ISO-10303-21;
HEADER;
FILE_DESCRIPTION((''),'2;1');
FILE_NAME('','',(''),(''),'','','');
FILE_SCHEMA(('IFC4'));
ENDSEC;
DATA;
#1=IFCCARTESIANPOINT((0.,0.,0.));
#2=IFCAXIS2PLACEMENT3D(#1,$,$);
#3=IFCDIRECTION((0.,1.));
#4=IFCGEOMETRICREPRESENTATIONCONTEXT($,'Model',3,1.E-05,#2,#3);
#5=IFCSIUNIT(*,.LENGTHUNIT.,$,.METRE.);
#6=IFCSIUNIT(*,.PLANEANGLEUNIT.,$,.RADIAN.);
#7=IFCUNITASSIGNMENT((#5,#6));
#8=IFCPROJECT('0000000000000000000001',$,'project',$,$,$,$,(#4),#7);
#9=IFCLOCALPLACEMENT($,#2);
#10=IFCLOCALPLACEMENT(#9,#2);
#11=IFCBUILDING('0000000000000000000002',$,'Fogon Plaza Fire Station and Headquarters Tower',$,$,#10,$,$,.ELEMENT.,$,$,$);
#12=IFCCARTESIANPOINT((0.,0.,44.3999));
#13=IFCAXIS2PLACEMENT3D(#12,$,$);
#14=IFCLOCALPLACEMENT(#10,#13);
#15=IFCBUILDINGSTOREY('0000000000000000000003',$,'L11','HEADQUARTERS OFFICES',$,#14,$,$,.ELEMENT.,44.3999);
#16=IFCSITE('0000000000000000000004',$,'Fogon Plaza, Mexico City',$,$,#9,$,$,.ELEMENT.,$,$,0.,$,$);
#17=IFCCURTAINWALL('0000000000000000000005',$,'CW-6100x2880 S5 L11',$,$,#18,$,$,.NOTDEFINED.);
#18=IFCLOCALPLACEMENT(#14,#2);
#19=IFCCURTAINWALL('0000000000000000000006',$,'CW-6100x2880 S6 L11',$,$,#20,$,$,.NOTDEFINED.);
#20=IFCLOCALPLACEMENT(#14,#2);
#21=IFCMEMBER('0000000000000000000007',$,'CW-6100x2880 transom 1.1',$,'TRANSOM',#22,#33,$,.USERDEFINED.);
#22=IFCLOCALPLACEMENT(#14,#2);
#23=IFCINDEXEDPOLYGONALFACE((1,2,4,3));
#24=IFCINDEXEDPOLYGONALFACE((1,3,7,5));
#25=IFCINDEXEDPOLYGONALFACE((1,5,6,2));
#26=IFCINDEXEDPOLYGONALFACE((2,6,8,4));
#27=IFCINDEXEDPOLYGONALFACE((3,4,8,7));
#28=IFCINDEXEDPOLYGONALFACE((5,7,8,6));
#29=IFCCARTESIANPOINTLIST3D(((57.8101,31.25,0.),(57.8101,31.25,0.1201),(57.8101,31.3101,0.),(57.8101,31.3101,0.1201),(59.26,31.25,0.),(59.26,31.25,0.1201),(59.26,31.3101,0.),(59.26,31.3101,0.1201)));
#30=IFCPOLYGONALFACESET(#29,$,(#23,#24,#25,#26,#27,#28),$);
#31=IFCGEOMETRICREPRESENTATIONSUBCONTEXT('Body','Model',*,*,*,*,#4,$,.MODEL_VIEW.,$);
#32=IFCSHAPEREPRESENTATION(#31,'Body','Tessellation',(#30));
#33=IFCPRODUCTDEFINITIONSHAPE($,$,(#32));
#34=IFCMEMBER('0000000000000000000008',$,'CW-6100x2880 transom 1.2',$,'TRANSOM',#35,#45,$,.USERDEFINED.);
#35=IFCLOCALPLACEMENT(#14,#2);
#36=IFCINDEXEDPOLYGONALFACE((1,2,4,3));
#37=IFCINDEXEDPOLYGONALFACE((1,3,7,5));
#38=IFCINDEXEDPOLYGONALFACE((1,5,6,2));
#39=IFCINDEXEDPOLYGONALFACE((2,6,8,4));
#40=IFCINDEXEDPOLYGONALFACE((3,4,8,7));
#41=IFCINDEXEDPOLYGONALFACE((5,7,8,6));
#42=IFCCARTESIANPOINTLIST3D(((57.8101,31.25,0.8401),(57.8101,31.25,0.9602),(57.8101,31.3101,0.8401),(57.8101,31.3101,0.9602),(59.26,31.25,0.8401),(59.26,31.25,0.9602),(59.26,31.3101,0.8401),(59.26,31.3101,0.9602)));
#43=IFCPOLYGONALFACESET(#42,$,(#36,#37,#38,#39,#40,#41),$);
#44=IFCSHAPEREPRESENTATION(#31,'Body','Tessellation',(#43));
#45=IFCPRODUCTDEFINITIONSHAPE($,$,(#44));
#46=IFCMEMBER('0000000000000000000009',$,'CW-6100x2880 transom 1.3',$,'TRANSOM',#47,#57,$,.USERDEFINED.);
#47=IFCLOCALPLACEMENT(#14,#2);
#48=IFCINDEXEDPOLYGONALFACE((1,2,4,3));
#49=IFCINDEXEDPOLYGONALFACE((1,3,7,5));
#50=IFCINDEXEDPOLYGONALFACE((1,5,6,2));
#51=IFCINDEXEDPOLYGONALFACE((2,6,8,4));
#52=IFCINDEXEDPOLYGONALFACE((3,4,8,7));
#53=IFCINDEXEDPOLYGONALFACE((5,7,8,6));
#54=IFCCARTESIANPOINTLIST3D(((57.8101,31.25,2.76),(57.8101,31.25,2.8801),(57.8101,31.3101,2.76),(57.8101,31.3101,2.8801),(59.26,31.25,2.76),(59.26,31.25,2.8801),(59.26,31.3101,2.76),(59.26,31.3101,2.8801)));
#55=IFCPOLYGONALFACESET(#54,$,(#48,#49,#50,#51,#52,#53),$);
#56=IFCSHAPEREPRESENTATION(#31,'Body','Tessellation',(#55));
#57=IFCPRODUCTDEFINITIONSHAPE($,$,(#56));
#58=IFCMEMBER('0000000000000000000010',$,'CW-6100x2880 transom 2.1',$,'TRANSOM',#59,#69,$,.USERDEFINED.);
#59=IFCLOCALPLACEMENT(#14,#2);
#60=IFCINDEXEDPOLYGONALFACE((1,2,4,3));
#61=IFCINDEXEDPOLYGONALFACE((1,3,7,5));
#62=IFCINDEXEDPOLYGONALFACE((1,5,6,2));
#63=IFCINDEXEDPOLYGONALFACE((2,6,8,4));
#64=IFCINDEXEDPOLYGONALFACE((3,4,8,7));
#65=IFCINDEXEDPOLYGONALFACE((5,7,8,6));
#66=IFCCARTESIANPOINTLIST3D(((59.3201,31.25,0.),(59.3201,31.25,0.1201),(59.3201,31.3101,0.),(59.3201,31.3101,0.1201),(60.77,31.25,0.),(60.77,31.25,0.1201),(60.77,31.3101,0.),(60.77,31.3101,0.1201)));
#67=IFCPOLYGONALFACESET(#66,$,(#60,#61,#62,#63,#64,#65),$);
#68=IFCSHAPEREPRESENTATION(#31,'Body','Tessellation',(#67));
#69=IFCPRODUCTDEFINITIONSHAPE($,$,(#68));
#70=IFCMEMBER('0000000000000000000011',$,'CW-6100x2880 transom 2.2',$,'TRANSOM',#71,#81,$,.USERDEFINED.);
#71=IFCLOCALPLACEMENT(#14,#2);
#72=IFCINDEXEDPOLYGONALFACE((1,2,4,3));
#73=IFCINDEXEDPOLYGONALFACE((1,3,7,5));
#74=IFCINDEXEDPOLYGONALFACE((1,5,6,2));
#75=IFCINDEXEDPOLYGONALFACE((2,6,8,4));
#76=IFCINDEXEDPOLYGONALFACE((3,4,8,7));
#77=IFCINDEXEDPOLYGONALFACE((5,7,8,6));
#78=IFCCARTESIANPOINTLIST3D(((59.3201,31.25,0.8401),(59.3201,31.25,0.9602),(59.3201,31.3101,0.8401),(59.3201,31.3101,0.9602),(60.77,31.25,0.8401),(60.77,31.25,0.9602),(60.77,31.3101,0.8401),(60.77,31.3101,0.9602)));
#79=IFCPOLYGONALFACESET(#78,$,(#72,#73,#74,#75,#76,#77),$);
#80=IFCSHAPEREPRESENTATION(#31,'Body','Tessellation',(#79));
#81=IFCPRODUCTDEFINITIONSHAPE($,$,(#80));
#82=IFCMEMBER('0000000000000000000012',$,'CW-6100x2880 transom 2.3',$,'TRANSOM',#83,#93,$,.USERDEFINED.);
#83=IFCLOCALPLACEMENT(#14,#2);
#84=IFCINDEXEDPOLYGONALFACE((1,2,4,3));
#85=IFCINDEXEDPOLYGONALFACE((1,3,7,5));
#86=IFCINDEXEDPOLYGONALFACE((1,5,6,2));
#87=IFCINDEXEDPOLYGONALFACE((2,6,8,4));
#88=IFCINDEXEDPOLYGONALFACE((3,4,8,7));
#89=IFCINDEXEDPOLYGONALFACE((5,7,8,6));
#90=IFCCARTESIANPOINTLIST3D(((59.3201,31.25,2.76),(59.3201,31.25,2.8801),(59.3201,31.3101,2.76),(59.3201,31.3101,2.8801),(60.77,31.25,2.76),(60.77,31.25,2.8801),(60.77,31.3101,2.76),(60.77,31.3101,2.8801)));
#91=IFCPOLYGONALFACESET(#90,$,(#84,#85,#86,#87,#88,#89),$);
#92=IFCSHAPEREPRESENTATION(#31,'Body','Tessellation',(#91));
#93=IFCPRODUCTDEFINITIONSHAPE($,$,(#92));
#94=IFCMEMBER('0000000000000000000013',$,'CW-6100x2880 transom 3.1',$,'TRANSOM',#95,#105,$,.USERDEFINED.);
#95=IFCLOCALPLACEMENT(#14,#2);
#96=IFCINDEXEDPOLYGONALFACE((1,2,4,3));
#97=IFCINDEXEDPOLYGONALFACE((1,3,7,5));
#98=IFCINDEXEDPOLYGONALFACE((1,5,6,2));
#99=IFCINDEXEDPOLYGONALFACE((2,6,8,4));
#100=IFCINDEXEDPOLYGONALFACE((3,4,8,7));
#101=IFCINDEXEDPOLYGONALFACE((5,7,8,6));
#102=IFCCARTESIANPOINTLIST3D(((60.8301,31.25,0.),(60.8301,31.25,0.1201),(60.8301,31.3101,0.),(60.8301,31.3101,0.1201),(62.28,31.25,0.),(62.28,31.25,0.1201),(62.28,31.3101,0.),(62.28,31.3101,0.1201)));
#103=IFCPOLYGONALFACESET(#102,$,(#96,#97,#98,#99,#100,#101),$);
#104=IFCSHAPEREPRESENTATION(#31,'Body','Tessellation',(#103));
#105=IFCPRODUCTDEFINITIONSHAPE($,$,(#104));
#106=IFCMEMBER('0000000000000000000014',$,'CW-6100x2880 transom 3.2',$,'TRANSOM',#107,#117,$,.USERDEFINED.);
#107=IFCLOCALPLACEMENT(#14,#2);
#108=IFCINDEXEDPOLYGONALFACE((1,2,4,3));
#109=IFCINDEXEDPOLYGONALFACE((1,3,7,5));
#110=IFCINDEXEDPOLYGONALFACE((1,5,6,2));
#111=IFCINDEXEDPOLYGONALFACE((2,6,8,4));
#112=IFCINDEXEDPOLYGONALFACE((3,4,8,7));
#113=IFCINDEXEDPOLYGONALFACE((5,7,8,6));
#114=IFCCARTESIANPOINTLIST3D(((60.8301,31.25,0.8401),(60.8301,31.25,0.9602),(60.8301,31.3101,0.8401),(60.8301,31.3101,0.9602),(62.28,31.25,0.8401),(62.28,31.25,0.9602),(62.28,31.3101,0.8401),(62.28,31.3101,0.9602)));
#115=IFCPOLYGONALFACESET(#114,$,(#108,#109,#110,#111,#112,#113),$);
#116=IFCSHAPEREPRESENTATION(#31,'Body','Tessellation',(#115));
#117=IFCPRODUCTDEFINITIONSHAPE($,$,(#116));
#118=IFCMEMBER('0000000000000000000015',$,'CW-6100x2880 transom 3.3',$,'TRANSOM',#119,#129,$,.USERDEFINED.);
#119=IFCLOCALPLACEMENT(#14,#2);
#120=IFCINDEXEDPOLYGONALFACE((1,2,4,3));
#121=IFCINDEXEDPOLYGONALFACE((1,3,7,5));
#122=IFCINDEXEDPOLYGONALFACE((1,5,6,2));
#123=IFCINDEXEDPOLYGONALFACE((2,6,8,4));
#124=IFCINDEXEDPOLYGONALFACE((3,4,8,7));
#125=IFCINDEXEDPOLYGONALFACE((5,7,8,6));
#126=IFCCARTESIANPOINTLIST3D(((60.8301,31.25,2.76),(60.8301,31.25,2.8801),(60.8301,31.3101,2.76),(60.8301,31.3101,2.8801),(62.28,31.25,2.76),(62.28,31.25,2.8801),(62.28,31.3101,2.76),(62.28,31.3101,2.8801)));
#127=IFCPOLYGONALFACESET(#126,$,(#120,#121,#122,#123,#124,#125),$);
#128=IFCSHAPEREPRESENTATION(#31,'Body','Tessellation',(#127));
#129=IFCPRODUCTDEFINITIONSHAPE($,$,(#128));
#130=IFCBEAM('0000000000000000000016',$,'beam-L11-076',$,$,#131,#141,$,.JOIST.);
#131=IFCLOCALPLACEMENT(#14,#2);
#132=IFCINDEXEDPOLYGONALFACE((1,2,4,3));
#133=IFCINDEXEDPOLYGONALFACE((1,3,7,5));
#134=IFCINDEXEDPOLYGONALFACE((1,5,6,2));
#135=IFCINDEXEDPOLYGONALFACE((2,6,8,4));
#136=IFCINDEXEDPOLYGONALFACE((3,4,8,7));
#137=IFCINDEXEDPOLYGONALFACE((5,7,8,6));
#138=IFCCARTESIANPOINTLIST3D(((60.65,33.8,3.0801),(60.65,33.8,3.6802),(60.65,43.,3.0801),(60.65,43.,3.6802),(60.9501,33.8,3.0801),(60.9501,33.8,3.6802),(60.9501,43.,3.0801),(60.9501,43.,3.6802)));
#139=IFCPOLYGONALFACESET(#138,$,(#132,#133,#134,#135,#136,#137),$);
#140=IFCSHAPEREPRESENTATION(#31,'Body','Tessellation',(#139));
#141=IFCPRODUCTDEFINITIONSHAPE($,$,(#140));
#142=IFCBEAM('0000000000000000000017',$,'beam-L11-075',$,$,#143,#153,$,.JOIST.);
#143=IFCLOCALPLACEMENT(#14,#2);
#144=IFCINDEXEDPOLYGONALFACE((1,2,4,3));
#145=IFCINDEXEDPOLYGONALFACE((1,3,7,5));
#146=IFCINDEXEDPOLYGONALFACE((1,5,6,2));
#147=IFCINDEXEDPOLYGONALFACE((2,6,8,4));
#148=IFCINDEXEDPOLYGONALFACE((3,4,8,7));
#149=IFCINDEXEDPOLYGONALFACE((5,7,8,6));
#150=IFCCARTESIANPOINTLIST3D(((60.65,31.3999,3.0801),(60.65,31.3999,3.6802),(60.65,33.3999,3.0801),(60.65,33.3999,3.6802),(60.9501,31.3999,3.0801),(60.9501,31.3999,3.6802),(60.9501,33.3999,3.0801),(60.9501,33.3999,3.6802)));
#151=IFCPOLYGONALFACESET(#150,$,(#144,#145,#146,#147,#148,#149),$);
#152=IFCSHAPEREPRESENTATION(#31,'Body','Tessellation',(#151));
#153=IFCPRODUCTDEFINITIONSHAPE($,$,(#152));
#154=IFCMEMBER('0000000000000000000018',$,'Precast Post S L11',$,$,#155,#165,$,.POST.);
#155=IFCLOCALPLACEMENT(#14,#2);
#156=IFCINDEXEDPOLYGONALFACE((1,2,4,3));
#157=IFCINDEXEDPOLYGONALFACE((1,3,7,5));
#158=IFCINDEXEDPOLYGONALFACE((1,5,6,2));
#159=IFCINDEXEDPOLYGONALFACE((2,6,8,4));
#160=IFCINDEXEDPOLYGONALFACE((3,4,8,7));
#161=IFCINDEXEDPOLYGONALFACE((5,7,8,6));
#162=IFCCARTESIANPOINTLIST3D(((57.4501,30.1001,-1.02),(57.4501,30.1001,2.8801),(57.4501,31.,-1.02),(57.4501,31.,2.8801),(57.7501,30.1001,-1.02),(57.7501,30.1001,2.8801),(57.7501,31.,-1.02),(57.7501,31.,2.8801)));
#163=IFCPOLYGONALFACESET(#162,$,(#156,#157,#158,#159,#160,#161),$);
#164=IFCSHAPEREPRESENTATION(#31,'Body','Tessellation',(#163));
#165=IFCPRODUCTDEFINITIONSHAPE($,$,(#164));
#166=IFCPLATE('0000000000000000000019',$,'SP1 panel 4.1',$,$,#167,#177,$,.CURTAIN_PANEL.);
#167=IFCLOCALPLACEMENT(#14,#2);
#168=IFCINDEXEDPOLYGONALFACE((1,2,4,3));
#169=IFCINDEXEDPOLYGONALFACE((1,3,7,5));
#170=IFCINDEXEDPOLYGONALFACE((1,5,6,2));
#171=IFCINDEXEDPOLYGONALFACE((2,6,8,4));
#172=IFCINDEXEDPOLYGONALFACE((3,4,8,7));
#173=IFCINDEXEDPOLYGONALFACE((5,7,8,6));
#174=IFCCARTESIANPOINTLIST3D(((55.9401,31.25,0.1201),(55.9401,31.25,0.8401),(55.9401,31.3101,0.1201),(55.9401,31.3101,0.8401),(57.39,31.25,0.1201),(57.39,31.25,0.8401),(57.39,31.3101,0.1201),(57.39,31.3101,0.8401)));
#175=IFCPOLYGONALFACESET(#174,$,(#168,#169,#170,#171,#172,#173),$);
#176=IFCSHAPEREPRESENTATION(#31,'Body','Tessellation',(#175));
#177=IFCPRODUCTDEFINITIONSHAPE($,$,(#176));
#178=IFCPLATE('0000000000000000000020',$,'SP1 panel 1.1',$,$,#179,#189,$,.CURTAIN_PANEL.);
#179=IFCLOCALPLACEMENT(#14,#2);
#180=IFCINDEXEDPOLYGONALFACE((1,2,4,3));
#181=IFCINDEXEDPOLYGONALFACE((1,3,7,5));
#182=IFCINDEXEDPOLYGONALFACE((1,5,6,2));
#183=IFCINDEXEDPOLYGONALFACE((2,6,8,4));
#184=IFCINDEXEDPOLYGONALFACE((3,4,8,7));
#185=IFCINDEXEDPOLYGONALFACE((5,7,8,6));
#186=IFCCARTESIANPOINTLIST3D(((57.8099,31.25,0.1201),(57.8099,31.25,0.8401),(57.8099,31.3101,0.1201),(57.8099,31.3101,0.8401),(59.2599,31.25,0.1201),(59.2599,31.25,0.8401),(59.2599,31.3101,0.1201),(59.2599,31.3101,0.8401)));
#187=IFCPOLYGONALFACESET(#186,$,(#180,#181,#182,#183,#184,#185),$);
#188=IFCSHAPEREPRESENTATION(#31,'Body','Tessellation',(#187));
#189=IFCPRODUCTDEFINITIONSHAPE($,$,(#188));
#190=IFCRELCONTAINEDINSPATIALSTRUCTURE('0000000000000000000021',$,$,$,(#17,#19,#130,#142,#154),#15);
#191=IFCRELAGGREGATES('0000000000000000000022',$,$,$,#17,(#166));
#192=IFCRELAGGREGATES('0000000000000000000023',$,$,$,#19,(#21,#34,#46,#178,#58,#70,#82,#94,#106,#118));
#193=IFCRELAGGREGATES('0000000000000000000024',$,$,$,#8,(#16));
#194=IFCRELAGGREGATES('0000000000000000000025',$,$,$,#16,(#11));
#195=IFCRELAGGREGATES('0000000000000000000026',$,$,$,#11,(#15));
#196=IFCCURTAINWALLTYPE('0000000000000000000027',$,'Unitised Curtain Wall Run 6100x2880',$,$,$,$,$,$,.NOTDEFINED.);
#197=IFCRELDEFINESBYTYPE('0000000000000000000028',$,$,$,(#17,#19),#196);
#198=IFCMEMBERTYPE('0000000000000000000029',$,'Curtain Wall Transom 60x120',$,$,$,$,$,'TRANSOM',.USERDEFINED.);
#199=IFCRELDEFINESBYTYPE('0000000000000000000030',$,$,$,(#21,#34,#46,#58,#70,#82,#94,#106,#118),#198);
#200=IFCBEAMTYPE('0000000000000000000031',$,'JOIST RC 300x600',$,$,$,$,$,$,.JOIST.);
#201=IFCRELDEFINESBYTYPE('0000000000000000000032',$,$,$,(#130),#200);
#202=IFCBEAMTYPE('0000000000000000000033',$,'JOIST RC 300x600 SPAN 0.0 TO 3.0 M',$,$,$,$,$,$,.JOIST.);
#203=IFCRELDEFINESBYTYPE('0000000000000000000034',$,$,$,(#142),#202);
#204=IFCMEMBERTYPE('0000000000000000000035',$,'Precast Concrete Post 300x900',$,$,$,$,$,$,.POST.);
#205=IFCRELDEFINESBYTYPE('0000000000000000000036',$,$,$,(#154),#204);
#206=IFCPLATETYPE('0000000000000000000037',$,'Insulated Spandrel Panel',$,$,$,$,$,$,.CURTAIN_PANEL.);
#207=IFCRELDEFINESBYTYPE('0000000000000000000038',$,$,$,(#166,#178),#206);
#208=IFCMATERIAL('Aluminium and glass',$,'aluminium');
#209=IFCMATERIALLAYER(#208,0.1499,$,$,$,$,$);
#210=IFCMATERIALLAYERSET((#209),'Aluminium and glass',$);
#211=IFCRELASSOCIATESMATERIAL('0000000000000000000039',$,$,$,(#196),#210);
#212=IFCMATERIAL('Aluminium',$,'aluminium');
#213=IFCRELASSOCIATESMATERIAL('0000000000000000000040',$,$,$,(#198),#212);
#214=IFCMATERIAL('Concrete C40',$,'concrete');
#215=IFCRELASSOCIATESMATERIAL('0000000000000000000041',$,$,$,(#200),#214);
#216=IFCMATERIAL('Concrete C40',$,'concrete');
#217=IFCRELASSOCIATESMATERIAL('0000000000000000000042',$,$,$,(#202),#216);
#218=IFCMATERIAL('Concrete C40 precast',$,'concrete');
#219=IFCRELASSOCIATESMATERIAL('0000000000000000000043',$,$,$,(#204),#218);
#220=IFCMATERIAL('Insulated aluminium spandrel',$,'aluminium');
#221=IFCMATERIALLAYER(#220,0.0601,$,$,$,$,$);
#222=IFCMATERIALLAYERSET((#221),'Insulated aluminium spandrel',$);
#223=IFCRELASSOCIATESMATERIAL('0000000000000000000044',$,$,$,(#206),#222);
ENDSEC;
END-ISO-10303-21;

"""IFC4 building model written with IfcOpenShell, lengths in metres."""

from ifc_helpers import new_model, si_unit, direction, frame, origin, origin_2d, place, context, subcontext, project, spatial, rectangle, extrude, material, layer, layer_set, material_profile, profile_set, type_object, element, aggregate, save


model = new_model("IFC4")

# Units and contexts
model_context = context("Model", 3, precision=1e-05, world=origin(), true_north=direction((0.0, 1.0)))
body_context = subcontext(model_context, "Body", "Model", "MODEL_VIEW")
ifc_project = project(units=[si_unit("LENGTHUNIT", "METRE"), si_unit("PLANEANGLEUNIT", "RADIAN")], contexts=[model_context])

# Site, building, storey
site_placement = place(None, origin())
site = spatial("IfcSite", under=ifc_project, at=site_placement, Name="Fogon Plaza, Mexico City", CompositionType="ELEMENT", RefElevation=0.0)
building_placement = place(site_placement, origin())
building = spatial("IfcBuilding", under=site, at=building_placement, Name="Fogon Plaza Fire Station and Headquarters Tower", CompositionType="ELEMENT")
storey_placement = place(building_placement, frame((0.0, 0.0, 44.3999)))
storey = spatial("IfcBuildingStorey", under=building, at=storey_placement, Name="L11", Description="HEADQUARTERS OFFICES", CompositionType="ELEMENT", Elevation=44.3999)

# Curtain walls
ifc_material_1 = material(Name="Aluminium and glass", Category="aluminium")
ifc_layer_1 = layer(ifc_material_1, 0.1499)
ifc_layer_set_1 = layer_set([ifc_layer_1], Name="Aluminium and glass")
curtain_wall_type = type_object("IfcCurtainWallType", Name="Unitised Curtain Wall Run 6100x2880", PredefinedType="NOTDEFINED", material=ifc_layer_set_1)
curtain_wall_1_placement = place(storey_placement, origin())
curtain_wall_1 = element("IfcCurtainWall", 1, at=curtain_wall_1_placement, inside=storey, type_object=curtain_wall_type, Name="CW-6100x2880 S5 L11", PredefinedType="NOTDEFINED")
curtain_wall_2_placement = place(storey_placement, origin())
curtain_wall_2 = element("IfcCurtainWall", 2, at=curtain_wall_2_placement, inside=storey, type_object=curtain_wall_type, Name="CW-6100x2880 S6 L11", PredefinedType="NOTDEFINED")

# Members
ifc_material_2 = material(Name="Aluminium", Category="aluminium")
ifc_material_profile_1 = material_profile(ifc_material_2, rectangle(XDim=0.0601, YDim=0.1201, at=origin_2d()), Name="Curtain Wall Transom 60x120")
ifc_profile_set_1 = profile_set([ifc_material_profile_1], Name="Aluminium")
member_type_1 = type_object("IfcMemberType", Name="Curtain Wall Transom 60x120", ElementType="TRANSOM", PredefinedType="USERDEFINED", material=ifc_profile_set_1)
member_1_placement = place(storey_placement, frame((57.8101, 31.28, 0.0601), z_axis=(1.0, 0.0, 0.0), x_axis=(0.0, 1.0, 0.0)))
member_1 = element("IfcMember", 3, at=member_1_placement, type_object=member_type_1, Name="CW-6100x2880 transom 1.1", ObjectType="TRANSOM", PredefinedType="USERDEFINED", context=body_context, shape_type="SweptSolid", body=[
    extrude(rectangle(XDim=0.0601, YDim=0.1201, at=origin_2d()), origin(), (0.0, 0.0, 1.0), 1.45),
])
member_2_placement = place(storey_placement, frame((57.8101, 31.28, 0.9001), z_axis=(1.0, 0.0, 0.0), x_axis=(0.0, 1.0, 0.0)))
member_2 = element("IfcMember", 4, at=member_2_placement, type_object=member_type_1, Name="CW-6100x2880 transom 1.2", ObjectType="TRANSOM", PredefinedType="USERDEFINED", context=body_context, shape_type="SweptSolid", body=[
    extrude(rectangle(XDim=0.0601, YDim=0.1201, at=origin_2d()), origin(), (0.0, 0.0, 1.0), 1.45),
])
member_3_placement = place(storey_placement, frame((57.8101, 31.28, 2.8201), z_axis=(1.0, 0.0, 0.0), x_axis=(0.0, 1.0, 0.0)))
member_3 = element("IfcMember", 5, at=member_3_placement, type_object=member_type_1, Name="CW-6100x2880 transom 1.3", ObjectType="TRANSOM", PredefinedType="USERDEFINED", context=body_context, shape_type="SweptSolid", body=[
    extrude(rectangle(XDim=0.0601, YDim=0.1201, at=origin_2d()), origin(), (0.0, 0.0, 1.0), 1.45),
])
member_4_placement = place(storey_placement, frame((59.3201, 31.28, 0.0601), z_axis=(1.0, 0.0, 0.0), x_axis=(0.0, 1.0, 0.0)))
member_4 = element("IfcMember", 6, at=member_4_placement, type_object=member_type_1, Name="CW-6100x2880 transom 2.1", ObjectType="TRANSOM", PredefinedType="USERDEFINED", context=body_context, shape_type="SweptSolid", body=[
    extrude(rectangle(XDim=0.0601, YDim=0.1201, at=origin_2d()), origin(), (0.0, 0.0, 1.0), 1.45),
])
member_5_placement = place(storey_placement, frame((59.3201, 31.28, 0.9001), z_axis=(1.0, 0.0, 0.0), x_axis=(0.0, 1.0, 0.0)))
member_5 = element("IfcMember", 7, at=member_5_placement, type_object=member_type_1, Name="CW-6100x2880 transom 2.2", ObjectType="TRANSOM", PredefinedType="USERDEFINED", context=body_context, shape_type="SweptSolid", body=[
    extrude(rectangle(XDim=0.0601, YDim=0.1201, at=origin_2d()), origin(), (0.0, 0.0, 1.0), 1.45),
])
member_6_placement = place(storey_placement, frame((59.3201, 31.28, 2.8201), z_axis=(1.0, 0.0, 0.0), x_axis=(0.0, 1.0, 0.0)))
member_6 = element("IfcMember", 8, at=member_6_placement, type_object=member_type_1, Name="CW-6100x2880 transom 2.3", ObjectType="TRANSOM", PredefinedType="USERDEFINED", context=body_context, shape_type="SweptSolid", body=[
    extrude(rectangle(XDim=0.0601, YDim=0.1201, at=origin_2d()), origin(), (0.0, 0.0, 1.0), 1.45),
])
member_7_placement = place(storey_placement, frame((60.8301, 31.28, 0.0601), z_axis=(1.0, 0.0, 0.0), x_axis=(0.0, 1.0, 0.0)))
member_7 = element("IfcMember", 9, at=member_7_placement, type_object=member_type_1, Name="CW-6100x2880 transom 3.1", ObjectType="TRANSOM", PredefinedType="USERDEFINED", context=body_context, shape_type="SweptSolid", body=[
    extrude(rectangle(XDim=0.0601, YDim=0.1201, at=origin_2d()), origin(), (0.0, 0.0, 1.0), 1.45),
])
member_8_placement = place(storey_placement, frame((60.8301, 31.28, 0.9001), z_axis=(1.0, 0.0, 0.0), x_axis=(0.0, 1.0, 0.0)))
member_8 = element("IfcMember", 10, at=member_8_placement, type_object=member_type_1, Name="CW-6100x2880 transom 3.2", ObjectType="TRANSOM", PredefinedType="USERDEFINED", context=body_context, shape_type="SweptSolid", body=[
    extrude(rectangle(XDim=0.0601, YDim=0.1201, at=origin_2d()), origin(), (0.0, 0.0, 1.0), 1.45),
])
member_9_placement = place(storey_placement, frame((60.8301, 31.28, 2.8201), z_axis=(1.0, 0.0, 0.0), x_axis=(0.0, 1.0, 0.0)))
member_9 = element("IfcMember", 11, at=member_9_placement, type_object=member_type_1, Name="CW-6100x2880 transom 3.3", ObjectType="TRANSOM", PredefinedType="USERDEFINED", context=body_context, shape_type="SweptSolid", body=[
    extrude(rectangle(XDim=0.0601, YDim=0.1201, at=origin_2d()), origin(), (0.0, 0.0, 1.0), 1.45),
])

# Beams
ifc_material_3 = material(Name="Concrete C40", Category="concrete")
ifc_material_profile_2 = material_profile(ifc_material_3, rectangle(XDim=0.3, YDim=0.6001, at=origin_2d()), Name="RC 300x600")
ifc_profile_set_2 = profile_set([ifc_material_profile_2], Name="Concrete C40")
beam_type_1 = type_object("IfcBeamType", Name="JOIST RC 300x600", PredefinedType="JOIST", material=ifc_profile_set_2)
beam_1_placement = place(storey_placement, frame((60.8, 33.8, 3.3801), z_axis=(0.0, 1.0, 0.0), x_axis=(-1.0, 0.0, 0.0)))
element("IfcBeam", 12, at=beam_1_placement, inside=storey, type_object=beam_type_1, Name="beam-L11-076", PredefinedType="JOIST", context=body_context, shape_type="SweptSolid", body=[
    extrude(rectangle(XDim=0.3, YDim=0.6001, at=origin_2d()), origin(), (0.0, 0.0, 1.0), 9.2),
])
ifc_material_4 = material(Name="Concrete C40", Category="concrete")
ifc_material_profile_3 = material_profile(ifc_material_4, rectangle(XDim=0.3, YDim=0.6001, at=origin_2d()), Name="RC 300x600")
ifc_profile_set_3 = profile_set([ifc_material_profile_3], Name="Concrete C40")
beam_type_2 = type_object("IfcBeamType", Name="JOIST RC 300x600 SPAN 0.0 TO 3.0 M", PredefinedType="JOIST", material=ifc_profile_set_3)
beam_2_placement = place(storey_placement, frame((60.8, 31.3999, 3.3801), z_axis=(0.0, 1.0, 0.0), x_axis=(-1.0, 0.0, 0.0)))
element("IfcBeam", 13, at=beam_2_placement, inside=storey, type_object=beam_type_2, Name="beam-L11-075", PredefinedType="JOIST", context=body_context, shape_type="SweptSolid", body=[
    extrude(rectangle(XDim=0.3, YDim=0.6001, at=origin_2d()), origin(), (0.0, 0.0, 1.0), 2.0),
])

# Member
ifc_material_5 = material(Name="Concrete C40 precast", Category="concrete")
ifc_material_profile_4 = material_profile(ifc_material_5, rectangle(XDim=0.3, YDim=0.8999, at=origin_2d()), Name="Precast Concrete Post 300x900")
ifc_profile_set_4 = profile_set([ifc_material_profile_4], Name="Concrete C40 precast")
member_type_2 = type_object("IfcMemberType", Name="Precast Concrete Post 300x900", PredefinedType="POST", material=ifc_profile_set_4)
member_10_placement = place(storey_placement, frame((57.6001, 30.55, -1.02), z_axis=(0.0, 0.0, 1.0), x_axis=(1.0, 0.0, 0.0)))
element("IfcMember", 14, at=member_10_placement, inside=storey, type_object=member_type_2, Name="Precast Post S L11", PredefinedType="POST", context=body_context, shape_type="SweptSolid", body=[
    extrude(rectangle(XDim=0.3, YDim=0.8999, at=origin_2d()), origin(), (0.0, 0.0, 1.0), 3.9001),
])

# Plates
ifc_material_6 = material(Name="Insulated aluminium spandrel", Category="aluminium")
ifc_layer_2 = layer(ifc_material_6, 0.0601)
ifc_layer_set_2 = layer_set([ifc_layer_2], Name="Insulated aluminium spandrel")
plate_type_1 = type_object("IfcPlateType", Name="Insulated Spandrel Panel", PredefinedType="CURTAIN_PANEL", material=ifc_layer_set_2)
plate_1_placement = place(storey_placement, frame((56.665, 31.28, 0.1201), z_axis=(0.0, 0.0, 1.0), x_axis=(1.0, 0.0, 0.0)))
plate_1 = element("IfcPlate", 15, at=plate_1_placement, type_object=plate_type_1, Name="SP1 panel 4.1", PredefinedType="CURTAIN_PANEL", context=body_context, shape_type="SweptSolid", body=[
    extrude(rectangle(XDim=1.45, YDim=0.0601, at=origin_2d()), origin(), (0.0, 0.0, 1.0), 0.72),
])
plate_2_placement = place(storey_placement, frame((58.5349, 31.28, 0.1201), z_axis=(0.0, 0.0, 1.0), x_axis=(1.0, 0.0, 0.0)))
plate_2 = element("IfcPlate", 16, at=plate_2_placement, type_object=plate_type_1, Name="SP1 panel 1.1", PredefinedType="CURTAIN_PANEL", context=body_context, shape_type="SweptSolid", body=[
    extrude(rectangle(XDim=1.45, YDim=0.0601, at=origin_2d()), origin(), (0.0, 0.0, 1.0), 0.72),
])
aggregate(curtain_wall_1, [plate_1])
aggregate(curtain_wall_2, [member_1, member_2, member_3, plate_2, member_4, member_5, member_6, member_7, member_8, member_9])

save(model, "model.ifc")
